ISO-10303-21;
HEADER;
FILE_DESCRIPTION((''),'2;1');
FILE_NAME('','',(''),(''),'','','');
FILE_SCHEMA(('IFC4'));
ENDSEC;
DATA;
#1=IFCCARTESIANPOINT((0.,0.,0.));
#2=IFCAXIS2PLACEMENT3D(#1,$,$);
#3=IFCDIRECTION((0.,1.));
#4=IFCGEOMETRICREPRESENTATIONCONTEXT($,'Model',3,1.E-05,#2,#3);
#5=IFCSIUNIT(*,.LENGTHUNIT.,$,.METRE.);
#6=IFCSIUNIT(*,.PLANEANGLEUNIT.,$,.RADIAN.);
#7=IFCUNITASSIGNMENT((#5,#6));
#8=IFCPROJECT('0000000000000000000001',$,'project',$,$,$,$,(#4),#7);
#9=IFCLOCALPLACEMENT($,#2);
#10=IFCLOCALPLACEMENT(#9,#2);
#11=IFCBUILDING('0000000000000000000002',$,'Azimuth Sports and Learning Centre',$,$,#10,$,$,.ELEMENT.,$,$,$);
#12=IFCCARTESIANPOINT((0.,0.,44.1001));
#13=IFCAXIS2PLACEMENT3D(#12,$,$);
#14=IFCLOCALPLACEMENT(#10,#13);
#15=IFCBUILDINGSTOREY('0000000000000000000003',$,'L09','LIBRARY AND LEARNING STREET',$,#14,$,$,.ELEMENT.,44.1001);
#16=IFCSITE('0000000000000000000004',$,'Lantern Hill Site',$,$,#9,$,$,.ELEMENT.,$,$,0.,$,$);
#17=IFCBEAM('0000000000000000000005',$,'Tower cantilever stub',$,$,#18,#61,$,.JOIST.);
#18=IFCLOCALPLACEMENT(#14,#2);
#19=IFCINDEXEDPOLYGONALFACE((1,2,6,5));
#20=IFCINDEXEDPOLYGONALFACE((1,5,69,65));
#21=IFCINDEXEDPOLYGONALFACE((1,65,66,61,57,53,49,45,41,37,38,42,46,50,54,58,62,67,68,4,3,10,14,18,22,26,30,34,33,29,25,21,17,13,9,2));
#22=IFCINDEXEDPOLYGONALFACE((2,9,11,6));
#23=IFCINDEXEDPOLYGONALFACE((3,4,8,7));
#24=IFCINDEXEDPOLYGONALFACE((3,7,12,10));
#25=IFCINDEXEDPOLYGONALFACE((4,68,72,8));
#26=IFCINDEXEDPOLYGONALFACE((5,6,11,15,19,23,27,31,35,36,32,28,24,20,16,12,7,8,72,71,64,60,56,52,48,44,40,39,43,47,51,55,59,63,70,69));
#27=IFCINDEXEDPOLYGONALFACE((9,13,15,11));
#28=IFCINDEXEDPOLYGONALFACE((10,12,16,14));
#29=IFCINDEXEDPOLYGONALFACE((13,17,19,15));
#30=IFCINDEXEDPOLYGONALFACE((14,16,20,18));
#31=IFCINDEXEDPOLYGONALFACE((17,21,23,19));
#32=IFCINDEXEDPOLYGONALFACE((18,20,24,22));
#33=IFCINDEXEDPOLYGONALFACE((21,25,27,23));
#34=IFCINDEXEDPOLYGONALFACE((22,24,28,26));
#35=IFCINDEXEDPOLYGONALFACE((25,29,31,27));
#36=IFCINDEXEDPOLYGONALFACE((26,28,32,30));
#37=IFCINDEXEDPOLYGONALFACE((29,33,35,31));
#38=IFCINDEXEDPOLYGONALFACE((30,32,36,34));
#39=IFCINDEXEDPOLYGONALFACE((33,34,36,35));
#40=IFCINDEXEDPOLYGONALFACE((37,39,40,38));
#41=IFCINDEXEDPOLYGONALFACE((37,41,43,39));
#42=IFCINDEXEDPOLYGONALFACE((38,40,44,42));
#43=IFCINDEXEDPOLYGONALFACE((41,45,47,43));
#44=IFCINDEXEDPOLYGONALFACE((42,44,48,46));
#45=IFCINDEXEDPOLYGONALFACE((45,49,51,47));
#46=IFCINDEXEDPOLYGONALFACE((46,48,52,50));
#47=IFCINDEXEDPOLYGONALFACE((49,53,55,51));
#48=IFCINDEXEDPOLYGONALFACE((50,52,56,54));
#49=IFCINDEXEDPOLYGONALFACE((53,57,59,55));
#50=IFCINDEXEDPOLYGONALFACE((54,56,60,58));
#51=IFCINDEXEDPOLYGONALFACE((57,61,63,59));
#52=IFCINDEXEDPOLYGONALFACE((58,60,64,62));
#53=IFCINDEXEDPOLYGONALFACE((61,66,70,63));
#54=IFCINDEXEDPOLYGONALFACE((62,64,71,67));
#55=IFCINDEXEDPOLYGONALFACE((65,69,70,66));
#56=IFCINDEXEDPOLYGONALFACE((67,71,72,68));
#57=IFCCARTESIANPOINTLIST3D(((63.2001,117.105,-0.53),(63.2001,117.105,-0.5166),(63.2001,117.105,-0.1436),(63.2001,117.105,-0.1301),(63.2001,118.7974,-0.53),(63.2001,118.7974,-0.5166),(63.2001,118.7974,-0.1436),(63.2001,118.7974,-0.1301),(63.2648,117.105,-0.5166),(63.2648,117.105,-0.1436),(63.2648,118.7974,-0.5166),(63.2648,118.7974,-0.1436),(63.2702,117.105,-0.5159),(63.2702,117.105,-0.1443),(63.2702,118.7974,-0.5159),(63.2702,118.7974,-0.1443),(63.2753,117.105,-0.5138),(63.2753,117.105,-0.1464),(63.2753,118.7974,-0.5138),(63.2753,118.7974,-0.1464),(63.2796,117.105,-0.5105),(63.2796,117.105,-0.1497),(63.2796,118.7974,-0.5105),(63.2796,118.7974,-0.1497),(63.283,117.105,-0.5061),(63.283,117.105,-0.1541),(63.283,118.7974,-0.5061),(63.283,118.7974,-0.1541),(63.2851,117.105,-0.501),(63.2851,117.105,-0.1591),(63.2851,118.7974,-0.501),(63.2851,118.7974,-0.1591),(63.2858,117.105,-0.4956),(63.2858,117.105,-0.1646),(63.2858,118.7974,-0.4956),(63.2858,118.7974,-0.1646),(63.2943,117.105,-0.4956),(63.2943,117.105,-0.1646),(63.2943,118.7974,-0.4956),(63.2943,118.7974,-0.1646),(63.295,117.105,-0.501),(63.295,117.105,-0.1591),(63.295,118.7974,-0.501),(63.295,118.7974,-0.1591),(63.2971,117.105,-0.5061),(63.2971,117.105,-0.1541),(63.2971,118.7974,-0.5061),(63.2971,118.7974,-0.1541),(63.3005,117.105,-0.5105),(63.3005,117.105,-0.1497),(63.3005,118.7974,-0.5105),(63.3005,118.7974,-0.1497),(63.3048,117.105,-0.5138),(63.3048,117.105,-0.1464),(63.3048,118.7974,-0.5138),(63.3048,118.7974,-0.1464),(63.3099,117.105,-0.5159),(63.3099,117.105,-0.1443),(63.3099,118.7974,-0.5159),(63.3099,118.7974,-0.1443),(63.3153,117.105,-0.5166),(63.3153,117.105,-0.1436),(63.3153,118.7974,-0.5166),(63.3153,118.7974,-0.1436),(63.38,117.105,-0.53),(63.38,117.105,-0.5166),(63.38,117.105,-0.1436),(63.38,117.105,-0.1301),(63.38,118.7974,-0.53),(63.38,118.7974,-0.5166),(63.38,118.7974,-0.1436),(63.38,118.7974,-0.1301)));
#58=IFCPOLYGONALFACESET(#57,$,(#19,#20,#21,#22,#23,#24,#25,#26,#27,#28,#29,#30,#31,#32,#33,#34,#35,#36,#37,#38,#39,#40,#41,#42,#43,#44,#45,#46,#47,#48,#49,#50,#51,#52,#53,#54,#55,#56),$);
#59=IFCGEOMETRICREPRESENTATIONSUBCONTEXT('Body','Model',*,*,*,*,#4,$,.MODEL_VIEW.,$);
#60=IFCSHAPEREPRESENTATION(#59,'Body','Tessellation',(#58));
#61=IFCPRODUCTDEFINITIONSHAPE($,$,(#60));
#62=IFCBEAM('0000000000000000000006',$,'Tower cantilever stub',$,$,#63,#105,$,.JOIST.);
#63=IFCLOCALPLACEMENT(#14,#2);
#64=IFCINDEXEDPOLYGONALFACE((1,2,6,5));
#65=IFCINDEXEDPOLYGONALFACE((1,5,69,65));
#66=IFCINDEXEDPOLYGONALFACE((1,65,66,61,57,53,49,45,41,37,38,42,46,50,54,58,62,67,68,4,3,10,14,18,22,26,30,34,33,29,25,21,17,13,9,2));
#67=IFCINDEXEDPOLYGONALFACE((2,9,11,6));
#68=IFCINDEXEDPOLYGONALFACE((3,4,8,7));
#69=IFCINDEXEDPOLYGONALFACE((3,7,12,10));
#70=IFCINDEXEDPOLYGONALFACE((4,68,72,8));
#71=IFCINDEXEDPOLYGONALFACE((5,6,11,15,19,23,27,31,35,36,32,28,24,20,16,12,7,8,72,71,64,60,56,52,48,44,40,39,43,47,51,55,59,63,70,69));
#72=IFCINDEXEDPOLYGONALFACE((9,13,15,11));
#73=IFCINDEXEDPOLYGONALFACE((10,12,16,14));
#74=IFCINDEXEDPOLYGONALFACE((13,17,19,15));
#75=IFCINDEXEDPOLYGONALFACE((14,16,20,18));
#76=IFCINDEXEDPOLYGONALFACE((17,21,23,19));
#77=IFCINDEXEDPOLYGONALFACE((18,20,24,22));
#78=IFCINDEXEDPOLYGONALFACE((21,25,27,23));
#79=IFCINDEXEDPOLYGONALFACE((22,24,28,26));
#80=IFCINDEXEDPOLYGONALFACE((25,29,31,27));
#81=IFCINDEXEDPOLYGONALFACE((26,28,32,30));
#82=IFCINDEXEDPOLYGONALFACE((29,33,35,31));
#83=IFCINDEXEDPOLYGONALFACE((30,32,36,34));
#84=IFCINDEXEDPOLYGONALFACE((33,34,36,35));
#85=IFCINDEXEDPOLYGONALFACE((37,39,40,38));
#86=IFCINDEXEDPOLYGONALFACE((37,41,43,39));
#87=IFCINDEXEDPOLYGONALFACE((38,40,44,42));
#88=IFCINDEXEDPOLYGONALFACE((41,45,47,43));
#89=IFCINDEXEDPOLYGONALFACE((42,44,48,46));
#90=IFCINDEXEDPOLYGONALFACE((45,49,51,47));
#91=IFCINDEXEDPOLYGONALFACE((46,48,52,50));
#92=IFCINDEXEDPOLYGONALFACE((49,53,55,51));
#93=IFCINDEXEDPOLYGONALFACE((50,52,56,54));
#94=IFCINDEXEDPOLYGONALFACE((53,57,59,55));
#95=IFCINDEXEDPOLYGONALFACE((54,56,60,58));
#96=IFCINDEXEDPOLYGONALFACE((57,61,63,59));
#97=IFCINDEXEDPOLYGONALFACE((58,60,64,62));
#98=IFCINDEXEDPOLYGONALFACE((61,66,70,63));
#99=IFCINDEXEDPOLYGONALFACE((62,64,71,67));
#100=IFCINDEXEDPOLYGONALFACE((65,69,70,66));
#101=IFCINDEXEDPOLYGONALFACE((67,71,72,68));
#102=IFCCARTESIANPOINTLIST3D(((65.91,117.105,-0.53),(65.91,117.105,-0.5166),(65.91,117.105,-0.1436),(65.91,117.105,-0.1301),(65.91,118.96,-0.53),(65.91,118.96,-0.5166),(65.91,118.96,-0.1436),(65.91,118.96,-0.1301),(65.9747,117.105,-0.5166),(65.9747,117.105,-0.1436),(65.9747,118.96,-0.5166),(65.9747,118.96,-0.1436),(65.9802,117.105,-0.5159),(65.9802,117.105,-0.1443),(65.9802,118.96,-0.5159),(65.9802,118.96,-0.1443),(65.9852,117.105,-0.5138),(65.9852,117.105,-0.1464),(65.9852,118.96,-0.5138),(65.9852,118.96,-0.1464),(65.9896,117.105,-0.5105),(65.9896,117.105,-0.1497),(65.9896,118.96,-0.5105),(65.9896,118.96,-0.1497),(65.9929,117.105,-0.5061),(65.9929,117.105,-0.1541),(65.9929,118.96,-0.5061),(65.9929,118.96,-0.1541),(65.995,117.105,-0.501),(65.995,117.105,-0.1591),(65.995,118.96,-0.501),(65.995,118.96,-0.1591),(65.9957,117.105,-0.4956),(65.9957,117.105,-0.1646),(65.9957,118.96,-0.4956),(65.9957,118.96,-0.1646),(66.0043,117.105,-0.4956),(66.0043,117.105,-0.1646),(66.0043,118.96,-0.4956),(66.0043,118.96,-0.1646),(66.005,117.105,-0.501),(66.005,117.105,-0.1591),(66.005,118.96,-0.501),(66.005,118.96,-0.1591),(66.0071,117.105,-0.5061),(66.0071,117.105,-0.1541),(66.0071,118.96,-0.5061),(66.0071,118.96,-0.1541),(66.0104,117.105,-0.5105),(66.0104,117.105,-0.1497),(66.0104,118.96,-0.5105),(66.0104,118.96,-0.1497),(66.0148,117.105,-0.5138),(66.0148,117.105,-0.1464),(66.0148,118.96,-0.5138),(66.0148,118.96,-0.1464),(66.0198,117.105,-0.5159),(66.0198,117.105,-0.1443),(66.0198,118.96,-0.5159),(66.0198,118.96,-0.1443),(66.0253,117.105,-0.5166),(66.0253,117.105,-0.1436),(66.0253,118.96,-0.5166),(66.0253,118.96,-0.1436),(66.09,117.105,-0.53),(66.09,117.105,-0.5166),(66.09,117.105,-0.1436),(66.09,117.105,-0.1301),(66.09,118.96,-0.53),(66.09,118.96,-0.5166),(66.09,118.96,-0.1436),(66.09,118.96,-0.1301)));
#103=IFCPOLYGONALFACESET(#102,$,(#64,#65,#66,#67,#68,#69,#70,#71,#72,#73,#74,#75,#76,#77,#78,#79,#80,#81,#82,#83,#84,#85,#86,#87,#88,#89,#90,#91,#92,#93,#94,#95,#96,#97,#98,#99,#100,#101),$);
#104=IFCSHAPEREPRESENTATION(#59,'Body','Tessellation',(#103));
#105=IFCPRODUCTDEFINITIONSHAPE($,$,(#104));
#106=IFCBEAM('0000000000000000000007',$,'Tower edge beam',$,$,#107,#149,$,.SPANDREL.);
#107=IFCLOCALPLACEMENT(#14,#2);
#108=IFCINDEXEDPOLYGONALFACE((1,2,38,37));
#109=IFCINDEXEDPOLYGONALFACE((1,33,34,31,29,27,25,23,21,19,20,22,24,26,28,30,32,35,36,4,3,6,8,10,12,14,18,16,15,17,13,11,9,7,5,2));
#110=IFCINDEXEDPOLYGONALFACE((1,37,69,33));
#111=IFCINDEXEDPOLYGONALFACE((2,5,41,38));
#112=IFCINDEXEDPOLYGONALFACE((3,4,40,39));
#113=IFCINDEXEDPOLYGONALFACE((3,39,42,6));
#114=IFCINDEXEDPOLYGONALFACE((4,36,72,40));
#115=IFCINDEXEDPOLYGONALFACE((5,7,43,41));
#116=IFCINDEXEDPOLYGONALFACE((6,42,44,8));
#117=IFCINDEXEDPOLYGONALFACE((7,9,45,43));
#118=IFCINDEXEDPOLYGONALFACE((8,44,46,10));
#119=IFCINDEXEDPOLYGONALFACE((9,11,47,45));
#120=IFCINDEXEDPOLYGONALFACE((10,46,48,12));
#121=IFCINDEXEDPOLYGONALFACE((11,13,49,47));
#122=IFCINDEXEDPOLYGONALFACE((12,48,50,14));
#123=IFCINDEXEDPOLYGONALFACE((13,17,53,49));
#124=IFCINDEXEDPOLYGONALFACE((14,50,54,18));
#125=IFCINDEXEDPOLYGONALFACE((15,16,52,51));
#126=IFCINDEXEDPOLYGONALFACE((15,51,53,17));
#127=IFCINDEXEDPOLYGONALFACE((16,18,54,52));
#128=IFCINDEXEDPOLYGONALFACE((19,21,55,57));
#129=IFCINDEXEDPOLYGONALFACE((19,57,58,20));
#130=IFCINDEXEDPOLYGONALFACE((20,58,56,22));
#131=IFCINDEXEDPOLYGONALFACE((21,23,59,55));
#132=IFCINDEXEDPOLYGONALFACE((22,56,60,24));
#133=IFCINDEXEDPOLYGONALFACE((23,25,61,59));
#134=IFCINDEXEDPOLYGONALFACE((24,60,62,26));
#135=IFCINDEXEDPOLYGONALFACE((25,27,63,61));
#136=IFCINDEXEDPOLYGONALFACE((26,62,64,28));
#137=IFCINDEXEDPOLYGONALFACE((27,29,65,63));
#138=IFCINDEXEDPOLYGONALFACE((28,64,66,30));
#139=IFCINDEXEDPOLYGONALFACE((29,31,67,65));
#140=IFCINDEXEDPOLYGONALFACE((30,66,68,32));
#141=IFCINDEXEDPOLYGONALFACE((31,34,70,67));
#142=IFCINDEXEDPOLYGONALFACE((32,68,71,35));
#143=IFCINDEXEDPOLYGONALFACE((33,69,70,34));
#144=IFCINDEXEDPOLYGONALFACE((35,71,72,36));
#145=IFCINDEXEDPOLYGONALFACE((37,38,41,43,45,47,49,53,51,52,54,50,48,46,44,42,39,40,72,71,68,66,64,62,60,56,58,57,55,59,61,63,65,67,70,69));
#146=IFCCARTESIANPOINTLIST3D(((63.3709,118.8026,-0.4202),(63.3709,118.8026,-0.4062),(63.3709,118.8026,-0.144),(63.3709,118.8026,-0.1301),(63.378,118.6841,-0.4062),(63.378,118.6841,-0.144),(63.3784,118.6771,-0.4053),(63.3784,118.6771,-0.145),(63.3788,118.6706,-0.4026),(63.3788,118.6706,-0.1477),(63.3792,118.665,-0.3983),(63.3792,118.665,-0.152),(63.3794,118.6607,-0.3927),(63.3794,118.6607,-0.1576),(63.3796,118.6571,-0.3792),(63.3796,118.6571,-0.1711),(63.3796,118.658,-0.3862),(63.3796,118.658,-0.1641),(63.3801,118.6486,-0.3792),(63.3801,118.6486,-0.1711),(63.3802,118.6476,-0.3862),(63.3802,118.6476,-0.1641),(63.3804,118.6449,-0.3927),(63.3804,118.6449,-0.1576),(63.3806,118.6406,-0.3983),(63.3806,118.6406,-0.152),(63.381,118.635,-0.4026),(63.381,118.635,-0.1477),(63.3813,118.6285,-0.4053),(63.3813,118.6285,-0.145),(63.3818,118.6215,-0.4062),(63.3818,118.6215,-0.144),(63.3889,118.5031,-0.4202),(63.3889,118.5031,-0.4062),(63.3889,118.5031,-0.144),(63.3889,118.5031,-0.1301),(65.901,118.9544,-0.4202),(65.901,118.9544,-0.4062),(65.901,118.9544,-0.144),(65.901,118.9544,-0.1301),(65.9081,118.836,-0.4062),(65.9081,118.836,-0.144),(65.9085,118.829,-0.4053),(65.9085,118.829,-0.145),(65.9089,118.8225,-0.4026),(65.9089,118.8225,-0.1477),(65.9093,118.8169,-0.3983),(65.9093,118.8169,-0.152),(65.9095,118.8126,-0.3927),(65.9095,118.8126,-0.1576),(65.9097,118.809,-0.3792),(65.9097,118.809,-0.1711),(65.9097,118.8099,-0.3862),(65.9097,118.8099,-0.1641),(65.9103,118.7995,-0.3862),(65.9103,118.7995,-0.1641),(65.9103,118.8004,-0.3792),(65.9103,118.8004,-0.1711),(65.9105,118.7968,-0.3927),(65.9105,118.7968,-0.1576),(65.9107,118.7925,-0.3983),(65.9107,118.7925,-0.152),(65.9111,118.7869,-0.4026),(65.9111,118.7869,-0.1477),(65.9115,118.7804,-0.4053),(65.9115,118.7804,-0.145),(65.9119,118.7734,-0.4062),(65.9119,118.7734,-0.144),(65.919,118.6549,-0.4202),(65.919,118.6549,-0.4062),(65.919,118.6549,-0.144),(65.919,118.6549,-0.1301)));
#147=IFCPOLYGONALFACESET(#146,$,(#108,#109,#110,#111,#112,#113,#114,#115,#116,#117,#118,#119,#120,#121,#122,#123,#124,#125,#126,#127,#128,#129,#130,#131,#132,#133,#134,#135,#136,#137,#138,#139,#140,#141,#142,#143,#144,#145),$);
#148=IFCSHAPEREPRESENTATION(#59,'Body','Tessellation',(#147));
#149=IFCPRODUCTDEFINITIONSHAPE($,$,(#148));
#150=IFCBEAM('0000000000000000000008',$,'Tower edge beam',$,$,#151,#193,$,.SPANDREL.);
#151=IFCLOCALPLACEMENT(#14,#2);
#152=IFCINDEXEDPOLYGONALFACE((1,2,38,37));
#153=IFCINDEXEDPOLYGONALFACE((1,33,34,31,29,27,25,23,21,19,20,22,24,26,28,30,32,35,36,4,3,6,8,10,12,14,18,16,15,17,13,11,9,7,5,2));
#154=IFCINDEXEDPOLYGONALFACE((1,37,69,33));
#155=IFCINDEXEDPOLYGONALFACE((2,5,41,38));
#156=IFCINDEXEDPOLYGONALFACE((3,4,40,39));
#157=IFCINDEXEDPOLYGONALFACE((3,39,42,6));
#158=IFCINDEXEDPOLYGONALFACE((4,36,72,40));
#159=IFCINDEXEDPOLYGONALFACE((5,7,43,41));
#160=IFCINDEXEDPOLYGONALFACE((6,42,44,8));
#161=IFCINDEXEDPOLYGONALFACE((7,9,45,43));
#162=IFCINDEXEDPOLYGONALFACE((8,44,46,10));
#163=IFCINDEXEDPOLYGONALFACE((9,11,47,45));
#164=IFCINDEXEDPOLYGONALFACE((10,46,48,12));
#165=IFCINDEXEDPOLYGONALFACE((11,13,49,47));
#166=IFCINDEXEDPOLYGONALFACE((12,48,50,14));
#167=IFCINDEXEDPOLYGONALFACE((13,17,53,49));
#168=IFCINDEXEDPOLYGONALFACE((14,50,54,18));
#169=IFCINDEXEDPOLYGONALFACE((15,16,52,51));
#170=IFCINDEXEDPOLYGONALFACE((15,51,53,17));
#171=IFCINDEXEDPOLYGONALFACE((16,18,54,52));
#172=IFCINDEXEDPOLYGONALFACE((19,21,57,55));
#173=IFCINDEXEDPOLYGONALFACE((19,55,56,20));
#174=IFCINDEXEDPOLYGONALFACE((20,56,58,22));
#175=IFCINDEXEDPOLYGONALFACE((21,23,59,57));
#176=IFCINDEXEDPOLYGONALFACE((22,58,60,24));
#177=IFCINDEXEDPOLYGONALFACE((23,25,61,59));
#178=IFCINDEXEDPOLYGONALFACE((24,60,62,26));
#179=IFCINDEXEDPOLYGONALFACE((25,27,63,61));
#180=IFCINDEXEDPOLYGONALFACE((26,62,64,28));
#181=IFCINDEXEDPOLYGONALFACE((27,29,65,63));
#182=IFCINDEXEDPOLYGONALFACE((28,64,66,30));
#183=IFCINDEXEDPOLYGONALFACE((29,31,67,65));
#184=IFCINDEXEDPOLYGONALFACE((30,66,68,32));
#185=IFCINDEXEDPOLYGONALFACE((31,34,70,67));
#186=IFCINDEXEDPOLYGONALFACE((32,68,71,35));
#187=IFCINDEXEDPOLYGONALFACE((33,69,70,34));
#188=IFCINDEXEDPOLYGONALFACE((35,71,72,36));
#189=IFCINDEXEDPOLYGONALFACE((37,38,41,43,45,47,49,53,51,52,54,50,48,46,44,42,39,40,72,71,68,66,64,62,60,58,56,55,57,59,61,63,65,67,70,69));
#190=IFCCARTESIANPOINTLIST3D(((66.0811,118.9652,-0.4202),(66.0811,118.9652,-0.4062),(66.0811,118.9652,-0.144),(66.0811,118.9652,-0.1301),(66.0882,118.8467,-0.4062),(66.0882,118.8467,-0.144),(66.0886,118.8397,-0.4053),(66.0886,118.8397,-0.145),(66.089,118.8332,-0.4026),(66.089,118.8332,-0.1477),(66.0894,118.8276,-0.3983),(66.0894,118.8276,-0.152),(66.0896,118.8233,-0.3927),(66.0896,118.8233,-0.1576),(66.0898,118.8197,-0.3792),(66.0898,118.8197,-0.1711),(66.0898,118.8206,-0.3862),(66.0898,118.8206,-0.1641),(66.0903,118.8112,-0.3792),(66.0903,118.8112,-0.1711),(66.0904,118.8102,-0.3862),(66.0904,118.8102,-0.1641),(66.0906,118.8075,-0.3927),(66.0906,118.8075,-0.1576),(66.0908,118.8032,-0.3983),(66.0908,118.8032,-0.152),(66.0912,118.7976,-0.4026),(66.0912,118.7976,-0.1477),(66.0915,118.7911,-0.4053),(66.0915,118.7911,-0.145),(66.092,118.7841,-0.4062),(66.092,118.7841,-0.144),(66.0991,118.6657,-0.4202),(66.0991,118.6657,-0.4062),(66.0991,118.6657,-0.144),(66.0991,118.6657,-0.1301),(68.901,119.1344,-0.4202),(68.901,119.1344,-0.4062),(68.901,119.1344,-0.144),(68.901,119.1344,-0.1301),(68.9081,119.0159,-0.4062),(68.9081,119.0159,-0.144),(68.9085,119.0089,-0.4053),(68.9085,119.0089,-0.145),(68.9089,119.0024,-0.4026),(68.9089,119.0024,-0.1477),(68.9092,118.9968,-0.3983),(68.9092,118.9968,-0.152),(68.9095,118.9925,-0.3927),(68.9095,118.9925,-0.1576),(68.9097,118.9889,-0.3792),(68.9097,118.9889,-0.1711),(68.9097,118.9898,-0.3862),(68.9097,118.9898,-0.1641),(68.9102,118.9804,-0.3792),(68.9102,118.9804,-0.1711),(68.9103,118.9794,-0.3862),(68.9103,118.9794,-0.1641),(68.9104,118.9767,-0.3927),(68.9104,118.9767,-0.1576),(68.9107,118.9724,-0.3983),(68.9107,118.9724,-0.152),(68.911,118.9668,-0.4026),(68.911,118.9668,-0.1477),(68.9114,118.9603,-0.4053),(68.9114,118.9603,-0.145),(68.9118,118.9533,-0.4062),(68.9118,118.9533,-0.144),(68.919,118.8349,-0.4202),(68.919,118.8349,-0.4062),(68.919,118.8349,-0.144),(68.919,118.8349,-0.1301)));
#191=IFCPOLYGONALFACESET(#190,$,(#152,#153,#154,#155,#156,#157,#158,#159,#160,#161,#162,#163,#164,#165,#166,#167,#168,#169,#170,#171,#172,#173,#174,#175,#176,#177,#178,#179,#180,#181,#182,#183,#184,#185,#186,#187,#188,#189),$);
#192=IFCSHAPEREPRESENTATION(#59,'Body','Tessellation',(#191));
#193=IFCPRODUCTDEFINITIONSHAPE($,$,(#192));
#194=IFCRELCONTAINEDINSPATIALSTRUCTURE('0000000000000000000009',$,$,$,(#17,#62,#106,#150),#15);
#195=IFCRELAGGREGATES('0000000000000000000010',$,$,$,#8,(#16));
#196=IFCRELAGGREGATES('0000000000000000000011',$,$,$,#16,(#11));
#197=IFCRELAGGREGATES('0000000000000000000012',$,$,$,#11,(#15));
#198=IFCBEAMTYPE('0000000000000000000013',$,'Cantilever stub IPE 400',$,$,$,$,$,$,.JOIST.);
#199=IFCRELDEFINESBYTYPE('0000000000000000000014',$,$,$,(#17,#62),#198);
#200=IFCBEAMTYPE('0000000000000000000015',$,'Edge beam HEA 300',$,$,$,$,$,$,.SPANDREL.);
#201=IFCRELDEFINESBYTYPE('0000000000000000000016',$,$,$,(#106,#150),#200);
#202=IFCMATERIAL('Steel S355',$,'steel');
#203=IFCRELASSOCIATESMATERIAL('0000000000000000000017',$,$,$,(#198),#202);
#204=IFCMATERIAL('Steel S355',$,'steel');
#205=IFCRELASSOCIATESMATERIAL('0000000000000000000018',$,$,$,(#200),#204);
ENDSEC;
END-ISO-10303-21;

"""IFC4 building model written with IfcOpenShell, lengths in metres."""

from ifc_helpers import new_model, si_unit, direction, frame, origin, origin_2d, place, context, subcontext, project, spatial, i_section, extrude, material, material_profile, profile_set, type_object, element, save


model = new_model("IFC4")

# Units and contexts
model_context = context("Model", 3, precision=1e-05, world=origin(), true_north=direction((0.0, 1.0)))
body_context = subcontext(model_context, "Body", "Model", "MODEL_VIEW")
ifc_project = project(units=[si_unit("LENGTHUNIT", "METRE"), si_unit("PLANEANGLEUNIT", "RADIAN")], contexts=[model_context])

# Site, building, storey
site_placement = place(None, origin())
site = spatial("IfcSite", under=ifc_project, at=site_placement, Name="Lantern Hill Site", CompositionType="ELEMENT", RefElevation=0.0)
building_placement = place(site_placement, origin())
building = spatial("IfcBuilding", under=site, at=building_placement, Name="Azimuth Sports and Learning Centre", CompositionType="ELEMENT")
storey_placement = place(building_placement, frame((0.0, 0.0, 44.1001)))
storey = spatial("IfcBuildingStorey", under=building, at=storey_placement, Name="L09", Description="LIBRARY AND LEARNING STREET", CompositionType="ELEMENT", Elevation=44.1001)

# Beams
ifc_material_1 = material(Name="Steel S355", Category="steel")
ifc_material_profile_1 = material_profile(ifc_material_1, i_section(OverallWidth=0.1799, OverallDepth=0.3999, WebThickness=0.0085, FlangeThickness=0.0134, FilletRadius=0.021, at=origin_2d()), Name="IPE 400")
ifc_profile_set_1 = profile_set([ifc_material_profile_1], Name="Steel S355")
beam_type_1 = type_object("IfcBeamType", Name="Cantilever stub IPE 400", PredefinedType="JOIST", material=ifc_profile_set_1)
beam_1_placement = place(storey_placement, frame((63.29, 117.105, -0.3301), z_axis=(0.0, 1.0, 0.0), x_axis=(-1.0, 0.0, 0.0)))
element("IfcBeam", 1, at=beam_1_placement, inside=storey, type_object=beam_type_1, Name="Tower cantilever stub", PredefinedType="JOIST", context=body_context, shape_type="SweptSolid", body=[
    extrude(i_section(OverallWidth=0.1799, OverallDepth=0.3999, WebThickness=0.0085, FlangeThickness=0.0134, FilletRadius=0.021, at=origin_2d()), origin(), (0.0, 0.0, 1.0), 1.6924),
])
beam_2_placement = place(storey_placement, frame((66.0, 117.105, -0.3301), z_axis=(0.0, 1.0, 0.0), x_axis=(-1.0, 0.0, 0.0)))
element("IfcBeam", 2, at=beam_2_placement, inside=storey, type_object=beam_type_1, Name="Tower cantilever stub", PredefinedType="JOIST", context=body_context, shape_type="SweptSolid", body=[
    extrude(i_section(OverallWidth=0.1799, OverallDepth=0.3999, WebThickness=0.0085, FlangeThickness=0.0134, FilletRadius=0.021, at=origin_2d()), origin(), (0.0, 0.0, 1.0), 1.855),
])
ifc_material_2 = material(Name="Steel S355", Category="steel")
ifc_material_profile_2 = material_profile(ifc_material_2, i_section(OverallWidth=0.3, OverallDepth=0.29, WebThickness=0.0085, FlangeThickness=0.0139, FilletRadius=0.0271, at=origin_2d()), Name="HEA 300")
ifc_profile_set_2 = profile_set([ifc_material_profile_2], Name="Steel S355")
beam_type_2 = type_object("IfcBeamType", Name="Edge beam HEA 300", PredefinedType="SPANDREL", material=ifc_profile_set_2)
beam_3_placement = place(storey_placement, frame((63.3799, 118.6528, -0.2751), z_axis=(0.998204, 0.059913, 0.0), x_axis=(-0.059913, 0.998204, 0.0)))
element("IfcBeam", 3, at=beam_3_placement, inside=storey, type_object=beam_type_2, Name="Tower edge beam", PredefinedType="SPANDREL", context=body_context, shape_type="SweptSolid", body=[
    extrude(i_section(OverallWidth=0.3, OverallDepth=0.29, WebThickness=0.0085, FlangeThickness=0.0139, FilletRadius=0.0271, at=origin_2d()), origin(), (0.0, 0.0, 1.0), 2.5347),
])
beam_4_placement = place(storey_placement, frame((66.0901, 118.8154, -0.2751), z_axis=(0.998205, 0.059892, 0.0), x_axis=(-0.059892, 0.998205, 0.0)))
element("IfcBeam", 4, at=beam_4_placement, inside=storey, type_object=beam_type_2, Name="Tower edge beam", PredefinedType="SPANDREL", context=body_context, shape_type="SweptSolid", body=[
    extrude(i_section(OverallWidth=0.3, OverallDepth=0.29, WebThickness=0.0085, FlangeThickness=0.0139, FilletRadius=0.0271, at=origin_2d()), origin(), (0.0, 0.0, 1.0), 2.825),
])

save(model, "model.ifc")
